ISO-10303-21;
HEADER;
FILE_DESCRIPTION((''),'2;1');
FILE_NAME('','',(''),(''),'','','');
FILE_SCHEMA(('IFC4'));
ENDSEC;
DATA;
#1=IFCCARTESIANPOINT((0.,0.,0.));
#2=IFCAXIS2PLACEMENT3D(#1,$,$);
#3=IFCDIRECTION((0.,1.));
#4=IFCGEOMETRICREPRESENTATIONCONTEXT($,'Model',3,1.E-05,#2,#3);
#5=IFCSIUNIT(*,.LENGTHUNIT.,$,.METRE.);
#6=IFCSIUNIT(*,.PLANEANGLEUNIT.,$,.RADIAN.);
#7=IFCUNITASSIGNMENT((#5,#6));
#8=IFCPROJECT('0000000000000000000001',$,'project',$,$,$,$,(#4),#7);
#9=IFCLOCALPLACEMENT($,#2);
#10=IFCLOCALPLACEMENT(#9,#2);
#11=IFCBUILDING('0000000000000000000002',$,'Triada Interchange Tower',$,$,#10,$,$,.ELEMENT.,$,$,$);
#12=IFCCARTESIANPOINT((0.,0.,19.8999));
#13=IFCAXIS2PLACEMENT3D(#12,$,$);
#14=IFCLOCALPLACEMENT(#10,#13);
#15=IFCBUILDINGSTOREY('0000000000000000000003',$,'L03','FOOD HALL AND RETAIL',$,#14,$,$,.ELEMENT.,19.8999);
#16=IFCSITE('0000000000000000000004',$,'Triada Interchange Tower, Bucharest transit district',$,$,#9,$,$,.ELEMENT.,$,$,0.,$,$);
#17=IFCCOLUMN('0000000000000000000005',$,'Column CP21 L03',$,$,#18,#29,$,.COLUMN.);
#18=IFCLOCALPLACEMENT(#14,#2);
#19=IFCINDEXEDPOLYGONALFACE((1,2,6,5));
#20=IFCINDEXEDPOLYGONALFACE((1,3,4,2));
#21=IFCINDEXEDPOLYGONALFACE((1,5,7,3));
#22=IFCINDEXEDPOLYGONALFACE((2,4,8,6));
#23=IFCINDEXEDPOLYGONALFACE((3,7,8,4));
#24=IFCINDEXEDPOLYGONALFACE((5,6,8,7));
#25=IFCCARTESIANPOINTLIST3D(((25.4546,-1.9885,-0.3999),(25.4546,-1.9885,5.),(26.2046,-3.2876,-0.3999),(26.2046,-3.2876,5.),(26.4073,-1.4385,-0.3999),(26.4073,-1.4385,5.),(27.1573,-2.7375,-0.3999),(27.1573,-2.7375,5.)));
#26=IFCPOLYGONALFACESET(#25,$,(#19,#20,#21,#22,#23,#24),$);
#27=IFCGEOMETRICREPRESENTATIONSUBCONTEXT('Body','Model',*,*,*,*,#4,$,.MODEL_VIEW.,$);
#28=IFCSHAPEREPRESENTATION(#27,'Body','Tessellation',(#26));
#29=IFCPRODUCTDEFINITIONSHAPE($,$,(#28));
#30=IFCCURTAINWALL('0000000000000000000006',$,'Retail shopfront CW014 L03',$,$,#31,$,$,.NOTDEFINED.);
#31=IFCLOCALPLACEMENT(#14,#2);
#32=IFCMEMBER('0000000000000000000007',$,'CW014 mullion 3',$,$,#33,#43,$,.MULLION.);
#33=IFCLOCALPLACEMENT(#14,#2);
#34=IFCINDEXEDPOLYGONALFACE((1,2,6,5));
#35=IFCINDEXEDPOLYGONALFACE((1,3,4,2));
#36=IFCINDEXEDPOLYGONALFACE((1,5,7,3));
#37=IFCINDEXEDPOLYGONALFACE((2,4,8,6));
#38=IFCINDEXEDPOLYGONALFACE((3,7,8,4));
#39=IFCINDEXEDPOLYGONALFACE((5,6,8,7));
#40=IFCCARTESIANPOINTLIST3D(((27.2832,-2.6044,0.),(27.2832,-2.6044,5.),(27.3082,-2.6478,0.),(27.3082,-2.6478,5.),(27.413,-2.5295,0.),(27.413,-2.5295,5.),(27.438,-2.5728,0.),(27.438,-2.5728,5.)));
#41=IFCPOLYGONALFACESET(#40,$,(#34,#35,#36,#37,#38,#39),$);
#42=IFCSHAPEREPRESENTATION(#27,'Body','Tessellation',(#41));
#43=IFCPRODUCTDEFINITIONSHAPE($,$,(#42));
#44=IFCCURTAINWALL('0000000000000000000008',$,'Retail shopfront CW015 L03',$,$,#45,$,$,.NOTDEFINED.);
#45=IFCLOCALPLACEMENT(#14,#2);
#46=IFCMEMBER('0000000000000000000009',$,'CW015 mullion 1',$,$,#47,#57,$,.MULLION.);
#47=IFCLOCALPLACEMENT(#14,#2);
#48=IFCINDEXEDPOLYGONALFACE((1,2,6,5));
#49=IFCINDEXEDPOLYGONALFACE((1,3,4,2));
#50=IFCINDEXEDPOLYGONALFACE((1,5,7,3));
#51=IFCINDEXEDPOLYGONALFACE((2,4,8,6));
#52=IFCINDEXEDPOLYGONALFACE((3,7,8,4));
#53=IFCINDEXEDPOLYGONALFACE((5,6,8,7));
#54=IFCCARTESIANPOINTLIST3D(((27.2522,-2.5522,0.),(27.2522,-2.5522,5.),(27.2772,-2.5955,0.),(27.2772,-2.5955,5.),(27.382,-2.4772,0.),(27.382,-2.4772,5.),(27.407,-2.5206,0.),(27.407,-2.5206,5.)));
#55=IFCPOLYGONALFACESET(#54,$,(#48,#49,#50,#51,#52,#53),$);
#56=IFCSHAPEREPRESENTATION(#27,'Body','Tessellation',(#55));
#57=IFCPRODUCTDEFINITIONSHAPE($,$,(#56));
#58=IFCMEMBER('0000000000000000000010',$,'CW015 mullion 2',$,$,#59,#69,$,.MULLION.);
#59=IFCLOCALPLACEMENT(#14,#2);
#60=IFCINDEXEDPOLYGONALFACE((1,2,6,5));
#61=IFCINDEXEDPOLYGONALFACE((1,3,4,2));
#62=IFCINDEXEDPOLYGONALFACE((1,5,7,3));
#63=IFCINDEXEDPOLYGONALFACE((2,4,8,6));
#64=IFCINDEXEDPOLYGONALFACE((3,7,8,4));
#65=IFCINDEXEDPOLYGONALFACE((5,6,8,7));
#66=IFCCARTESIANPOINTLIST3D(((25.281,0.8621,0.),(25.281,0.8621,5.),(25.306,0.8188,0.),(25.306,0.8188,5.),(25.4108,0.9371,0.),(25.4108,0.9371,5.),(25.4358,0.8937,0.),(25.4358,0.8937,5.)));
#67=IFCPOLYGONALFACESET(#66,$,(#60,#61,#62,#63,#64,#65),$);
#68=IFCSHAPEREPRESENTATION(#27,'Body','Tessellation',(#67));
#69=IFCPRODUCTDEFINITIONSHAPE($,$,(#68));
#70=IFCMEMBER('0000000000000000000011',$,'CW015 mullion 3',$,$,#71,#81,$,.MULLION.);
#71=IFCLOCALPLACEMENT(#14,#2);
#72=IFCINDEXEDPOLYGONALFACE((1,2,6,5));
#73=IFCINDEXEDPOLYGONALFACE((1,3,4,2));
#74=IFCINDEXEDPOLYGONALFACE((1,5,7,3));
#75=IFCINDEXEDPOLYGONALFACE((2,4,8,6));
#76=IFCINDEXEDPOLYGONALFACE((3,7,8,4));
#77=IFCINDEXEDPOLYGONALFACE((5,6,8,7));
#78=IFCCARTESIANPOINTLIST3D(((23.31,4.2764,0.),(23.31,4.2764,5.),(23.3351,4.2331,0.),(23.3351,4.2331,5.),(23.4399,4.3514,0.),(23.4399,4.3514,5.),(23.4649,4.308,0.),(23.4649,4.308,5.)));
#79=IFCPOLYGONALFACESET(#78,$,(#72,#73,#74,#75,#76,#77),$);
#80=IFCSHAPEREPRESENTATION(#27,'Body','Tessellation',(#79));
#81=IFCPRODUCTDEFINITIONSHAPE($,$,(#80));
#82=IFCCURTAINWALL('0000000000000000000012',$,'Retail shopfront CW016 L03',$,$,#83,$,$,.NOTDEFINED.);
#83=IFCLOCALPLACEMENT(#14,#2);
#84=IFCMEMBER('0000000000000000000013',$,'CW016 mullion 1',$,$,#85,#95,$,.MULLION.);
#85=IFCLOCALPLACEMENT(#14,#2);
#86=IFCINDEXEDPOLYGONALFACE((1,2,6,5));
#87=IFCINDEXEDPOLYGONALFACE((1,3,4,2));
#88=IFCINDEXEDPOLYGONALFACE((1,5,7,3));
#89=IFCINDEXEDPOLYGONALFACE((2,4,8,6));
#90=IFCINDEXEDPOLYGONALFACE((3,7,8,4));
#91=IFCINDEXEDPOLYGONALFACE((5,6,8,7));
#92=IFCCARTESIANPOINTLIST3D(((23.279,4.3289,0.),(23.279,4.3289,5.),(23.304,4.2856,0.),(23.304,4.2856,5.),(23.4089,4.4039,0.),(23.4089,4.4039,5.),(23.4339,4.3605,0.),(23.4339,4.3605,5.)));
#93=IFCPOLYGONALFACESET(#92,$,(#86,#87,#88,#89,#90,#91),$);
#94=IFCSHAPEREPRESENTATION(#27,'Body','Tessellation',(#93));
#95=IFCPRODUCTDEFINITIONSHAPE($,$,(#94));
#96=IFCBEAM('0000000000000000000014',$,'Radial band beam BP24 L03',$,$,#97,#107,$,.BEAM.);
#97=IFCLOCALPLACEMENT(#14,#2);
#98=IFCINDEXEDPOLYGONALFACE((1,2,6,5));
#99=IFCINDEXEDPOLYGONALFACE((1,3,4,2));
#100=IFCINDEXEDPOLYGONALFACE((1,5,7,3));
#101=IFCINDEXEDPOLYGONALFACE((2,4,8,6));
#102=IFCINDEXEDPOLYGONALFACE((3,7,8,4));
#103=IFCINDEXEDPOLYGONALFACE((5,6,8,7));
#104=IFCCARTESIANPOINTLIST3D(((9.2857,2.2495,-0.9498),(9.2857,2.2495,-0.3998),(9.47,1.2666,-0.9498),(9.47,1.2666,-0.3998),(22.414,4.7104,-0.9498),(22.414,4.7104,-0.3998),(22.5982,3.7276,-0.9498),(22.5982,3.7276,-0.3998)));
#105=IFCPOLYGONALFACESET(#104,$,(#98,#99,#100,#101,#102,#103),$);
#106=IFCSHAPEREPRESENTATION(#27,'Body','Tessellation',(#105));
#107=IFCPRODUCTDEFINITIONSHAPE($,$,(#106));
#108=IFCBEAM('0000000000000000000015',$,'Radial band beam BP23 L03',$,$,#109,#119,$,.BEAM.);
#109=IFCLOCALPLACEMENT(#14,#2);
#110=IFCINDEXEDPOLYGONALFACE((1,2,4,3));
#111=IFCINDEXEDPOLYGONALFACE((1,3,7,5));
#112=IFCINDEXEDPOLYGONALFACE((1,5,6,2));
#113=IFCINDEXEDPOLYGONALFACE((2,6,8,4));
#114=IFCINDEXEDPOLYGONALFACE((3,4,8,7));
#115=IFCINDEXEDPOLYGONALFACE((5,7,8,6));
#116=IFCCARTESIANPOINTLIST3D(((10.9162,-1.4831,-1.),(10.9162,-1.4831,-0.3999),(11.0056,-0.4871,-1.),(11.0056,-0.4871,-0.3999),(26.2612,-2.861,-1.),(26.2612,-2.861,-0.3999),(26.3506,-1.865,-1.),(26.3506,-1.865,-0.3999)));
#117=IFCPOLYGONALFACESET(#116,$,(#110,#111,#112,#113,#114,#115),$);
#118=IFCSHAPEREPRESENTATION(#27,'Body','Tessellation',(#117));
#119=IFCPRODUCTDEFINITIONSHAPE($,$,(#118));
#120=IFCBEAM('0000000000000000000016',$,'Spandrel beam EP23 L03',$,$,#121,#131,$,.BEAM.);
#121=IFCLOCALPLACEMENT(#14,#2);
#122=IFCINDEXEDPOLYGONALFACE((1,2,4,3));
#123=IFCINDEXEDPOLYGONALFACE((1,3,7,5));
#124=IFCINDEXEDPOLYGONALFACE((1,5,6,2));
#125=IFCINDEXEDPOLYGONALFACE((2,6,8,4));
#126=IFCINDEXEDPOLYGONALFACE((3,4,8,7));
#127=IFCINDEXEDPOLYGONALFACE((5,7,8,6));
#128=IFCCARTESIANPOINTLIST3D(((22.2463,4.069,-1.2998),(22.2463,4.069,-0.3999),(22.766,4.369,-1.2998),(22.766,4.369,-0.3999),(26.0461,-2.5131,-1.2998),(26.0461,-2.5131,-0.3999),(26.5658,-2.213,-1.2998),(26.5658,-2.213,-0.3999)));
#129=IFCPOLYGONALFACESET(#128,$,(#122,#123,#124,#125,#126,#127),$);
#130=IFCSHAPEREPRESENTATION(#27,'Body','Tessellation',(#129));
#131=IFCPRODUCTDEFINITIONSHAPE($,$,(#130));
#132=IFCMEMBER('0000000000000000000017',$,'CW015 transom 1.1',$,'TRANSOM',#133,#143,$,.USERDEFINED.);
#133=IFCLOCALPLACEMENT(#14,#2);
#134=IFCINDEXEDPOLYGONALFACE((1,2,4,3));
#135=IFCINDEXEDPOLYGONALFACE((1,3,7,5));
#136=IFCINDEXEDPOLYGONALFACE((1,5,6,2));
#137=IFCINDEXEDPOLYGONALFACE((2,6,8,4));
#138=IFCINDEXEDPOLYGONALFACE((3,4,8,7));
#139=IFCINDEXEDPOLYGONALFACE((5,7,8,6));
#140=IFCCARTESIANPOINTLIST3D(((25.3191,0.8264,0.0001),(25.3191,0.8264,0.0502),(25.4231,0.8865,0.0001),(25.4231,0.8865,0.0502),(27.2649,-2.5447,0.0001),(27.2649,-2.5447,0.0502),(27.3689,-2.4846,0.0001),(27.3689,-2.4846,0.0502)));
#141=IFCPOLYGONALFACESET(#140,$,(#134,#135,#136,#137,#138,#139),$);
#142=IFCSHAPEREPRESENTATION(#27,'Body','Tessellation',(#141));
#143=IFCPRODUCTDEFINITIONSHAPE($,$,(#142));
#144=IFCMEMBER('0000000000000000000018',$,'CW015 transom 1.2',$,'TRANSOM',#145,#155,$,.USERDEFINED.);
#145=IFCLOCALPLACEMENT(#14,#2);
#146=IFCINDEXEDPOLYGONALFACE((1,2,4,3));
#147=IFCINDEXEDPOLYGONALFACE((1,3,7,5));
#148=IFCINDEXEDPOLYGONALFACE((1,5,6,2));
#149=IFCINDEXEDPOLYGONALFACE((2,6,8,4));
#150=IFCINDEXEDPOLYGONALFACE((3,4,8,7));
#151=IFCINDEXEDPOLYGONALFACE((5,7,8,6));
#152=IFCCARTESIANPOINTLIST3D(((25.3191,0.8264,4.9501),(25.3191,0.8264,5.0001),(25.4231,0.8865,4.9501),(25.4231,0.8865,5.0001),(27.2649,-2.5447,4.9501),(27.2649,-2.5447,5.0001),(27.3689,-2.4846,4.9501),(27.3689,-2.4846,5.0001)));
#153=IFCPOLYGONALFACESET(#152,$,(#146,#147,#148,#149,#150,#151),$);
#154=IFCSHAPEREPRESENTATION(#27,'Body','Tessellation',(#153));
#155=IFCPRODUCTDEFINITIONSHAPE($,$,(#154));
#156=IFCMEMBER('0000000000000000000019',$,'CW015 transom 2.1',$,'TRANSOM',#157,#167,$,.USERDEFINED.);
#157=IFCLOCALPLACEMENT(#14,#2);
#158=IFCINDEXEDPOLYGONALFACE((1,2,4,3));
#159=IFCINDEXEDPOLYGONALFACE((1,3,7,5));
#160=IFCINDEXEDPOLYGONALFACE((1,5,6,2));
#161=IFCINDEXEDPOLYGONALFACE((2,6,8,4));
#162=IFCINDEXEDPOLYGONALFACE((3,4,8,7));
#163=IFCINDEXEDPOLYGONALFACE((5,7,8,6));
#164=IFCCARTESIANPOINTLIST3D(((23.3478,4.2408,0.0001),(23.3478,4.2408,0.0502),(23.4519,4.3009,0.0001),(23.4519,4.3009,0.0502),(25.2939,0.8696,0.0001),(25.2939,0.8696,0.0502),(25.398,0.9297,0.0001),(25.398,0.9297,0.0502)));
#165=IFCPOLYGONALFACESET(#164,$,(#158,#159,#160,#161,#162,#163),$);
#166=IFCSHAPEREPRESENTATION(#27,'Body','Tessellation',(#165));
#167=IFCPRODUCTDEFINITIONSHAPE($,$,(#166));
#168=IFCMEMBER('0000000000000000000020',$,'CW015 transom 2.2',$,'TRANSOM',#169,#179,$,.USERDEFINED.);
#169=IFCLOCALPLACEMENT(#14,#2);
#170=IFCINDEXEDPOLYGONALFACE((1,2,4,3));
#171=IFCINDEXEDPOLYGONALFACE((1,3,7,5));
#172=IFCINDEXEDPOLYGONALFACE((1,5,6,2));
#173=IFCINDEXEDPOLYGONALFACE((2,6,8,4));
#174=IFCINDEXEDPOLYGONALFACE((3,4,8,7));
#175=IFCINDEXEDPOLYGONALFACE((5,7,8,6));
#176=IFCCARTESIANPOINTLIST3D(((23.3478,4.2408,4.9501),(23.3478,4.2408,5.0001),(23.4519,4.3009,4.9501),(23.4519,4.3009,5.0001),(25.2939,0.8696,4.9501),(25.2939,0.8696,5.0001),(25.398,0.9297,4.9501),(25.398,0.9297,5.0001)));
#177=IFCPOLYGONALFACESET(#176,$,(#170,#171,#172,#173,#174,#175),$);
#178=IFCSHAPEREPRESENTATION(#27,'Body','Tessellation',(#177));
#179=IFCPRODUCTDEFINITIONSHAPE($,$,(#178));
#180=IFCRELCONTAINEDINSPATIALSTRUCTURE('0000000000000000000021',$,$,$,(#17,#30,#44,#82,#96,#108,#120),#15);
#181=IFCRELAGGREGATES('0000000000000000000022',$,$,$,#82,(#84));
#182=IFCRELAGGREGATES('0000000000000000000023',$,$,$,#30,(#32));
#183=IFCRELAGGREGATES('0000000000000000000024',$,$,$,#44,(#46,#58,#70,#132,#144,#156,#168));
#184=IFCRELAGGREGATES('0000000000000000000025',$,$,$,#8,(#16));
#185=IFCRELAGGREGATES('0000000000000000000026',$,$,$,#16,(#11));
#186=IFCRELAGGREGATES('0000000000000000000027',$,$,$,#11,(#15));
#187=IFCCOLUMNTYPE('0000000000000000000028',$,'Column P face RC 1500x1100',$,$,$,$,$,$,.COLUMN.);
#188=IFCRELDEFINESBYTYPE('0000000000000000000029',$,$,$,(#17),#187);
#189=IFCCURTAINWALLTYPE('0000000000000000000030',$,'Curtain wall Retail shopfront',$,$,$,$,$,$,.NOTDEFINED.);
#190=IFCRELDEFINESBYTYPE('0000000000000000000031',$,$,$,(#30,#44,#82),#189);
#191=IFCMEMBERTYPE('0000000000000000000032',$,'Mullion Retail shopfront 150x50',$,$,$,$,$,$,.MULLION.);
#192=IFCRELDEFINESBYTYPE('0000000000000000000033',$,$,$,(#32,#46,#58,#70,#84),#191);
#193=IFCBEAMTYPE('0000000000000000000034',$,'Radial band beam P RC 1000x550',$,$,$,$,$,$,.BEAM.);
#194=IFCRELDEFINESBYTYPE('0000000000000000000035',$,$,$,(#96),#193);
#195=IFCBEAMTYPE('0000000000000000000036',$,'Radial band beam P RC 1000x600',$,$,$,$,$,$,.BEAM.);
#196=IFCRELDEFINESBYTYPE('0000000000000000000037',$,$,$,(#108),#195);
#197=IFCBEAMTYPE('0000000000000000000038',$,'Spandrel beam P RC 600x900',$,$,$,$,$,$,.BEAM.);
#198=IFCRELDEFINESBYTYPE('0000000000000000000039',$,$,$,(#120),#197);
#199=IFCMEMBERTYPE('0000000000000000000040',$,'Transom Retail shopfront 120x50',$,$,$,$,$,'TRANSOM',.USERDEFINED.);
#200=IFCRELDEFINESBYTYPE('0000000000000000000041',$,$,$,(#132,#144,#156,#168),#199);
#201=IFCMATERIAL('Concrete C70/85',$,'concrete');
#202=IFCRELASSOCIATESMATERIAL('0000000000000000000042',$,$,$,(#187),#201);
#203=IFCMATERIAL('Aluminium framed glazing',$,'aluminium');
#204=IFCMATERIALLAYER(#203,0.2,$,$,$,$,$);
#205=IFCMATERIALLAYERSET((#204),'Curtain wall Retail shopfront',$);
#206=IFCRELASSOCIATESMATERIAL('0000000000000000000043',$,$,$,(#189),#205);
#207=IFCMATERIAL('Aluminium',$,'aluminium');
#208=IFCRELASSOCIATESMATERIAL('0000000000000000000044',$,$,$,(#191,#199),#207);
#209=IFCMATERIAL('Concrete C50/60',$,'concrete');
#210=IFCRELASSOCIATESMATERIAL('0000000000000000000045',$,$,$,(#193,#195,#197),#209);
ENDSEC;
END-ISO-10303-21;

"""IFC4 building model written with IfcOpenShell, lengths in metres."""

from ifc_helpers import new_model, si_unit, direction, frame, origin, origin_2d, place, context, subcontext, project, spatial, rectangle, extrude, material, layer, layer_set, material_profile, profile_set, type_object, element, aggregate, save


model = new_model("IFC4")

# Units and contexts
model_context = context("Model", 3, precision=1e-05, world=origin(), true_north=direction((0.0, 1.0)))
body_context = subcontext(model_context, "Body", "Model", "MODEL_VIEW")
ifc_project = project(units=[si_unit("LENGTHUNIT", "METRE"), si_unit("PLANEANGLEUNIT", "RADIAN")], contexts=[model_context])

# Site, building, storey
site_placement = place(None, origin())
site = spatial("IfcSite", under=ifc_project, at=site_placement, Name="Triada Interchange Tower, Bucharest transit district", CompositionType="ELEMENT", RefElevation=0.0)
building_placement = place(site_placement, origin())
building = spatial("IfcBuilding", under=site, at=building_placement, Name="Triada Interchange Tower", CompositionType="ELEMENT")
storey_placement = place(building_placement, frame((0.0, 0.0, 19.8999)))
storey = spatial("IfcBuildingStorey", under=building, at=storey_placement, Name="L03", Description="FOOD HALL AND RETAIL", CompositionType="ELEMENT", Elevation=19.8999)

# Column
ifc_material_1 = material(Name="Concrete C70/85", Category="concrete")
ifc_material_profile_1 = material_profile(ifc_material_1, rectangle(XDim=1.5, YDim=1.1001, at=origin_2d()), Name="RC 1500x1100")
ifc_profile_set_1 = profile_set([ifc_material_profile_1], Name="Concrete C70/85")
column_type = type_object("IfcColumnType", Name="Column P face RC 1500x1100", PredefinedType="COLUMN", material=ifc_profile_set_1)
column_placement = place(storey_placement, frame((26.3059, -2.363, -0.3999), z_axis=(0.0, 0.0, 1.0), x_axis=(-0.5, 0.866025, 0.0)))
element("IfcColumn", 1, at=column_placement, inside=storey, type_object=column_type, Name="Column CP21 L03", PredefinedType="COLUMN", context=body_context, shape_type="SweptSolid", body=[
    extrude(rectangle(XDim=1.5, YDim=1.1001, at=origin_2d()), origin(), (0.0, 0.0, 1.0), 5.3999),
])

# Curtain wall, member
ifc_material_2 = material(Name="Aluminium framed glazing", Category="aluminium")
ifc_layer_1 = layer(ifc_material_2, 0.2)
ifc_layer_set_1 = layer_set([ifc_layer_1], Name="Curtain wall Retail shopfront")
curtain_wall_type = type_object("IfcCurtainWallType", Name="Curtain wall Retail shopfront", PredefinedType="NOTDEFINED", material=ifc_layer_set_1)
curtain_wall_1_placement = place(storey_placement, origin())
curtain_wall_1 = element("IfcCurtainWall", 2, at=curtain_wall_1_placement, inside=storey, type_object=curtain_wall_type, Name="Retail shopfront CW014 L03", PredefinedType="NOTDEFINED")
ifc_material_3 = material(Name="Aluminium", Category="aluminium")
ifc_material_profile_2 = material_profile(ifc_material_3, rectangle(XDim=0.1499, YDim=0.05, at=origin_2d()), Name="Aluminium mullion")
ifc_profile_set_2 = profile_set([ifc_material_profile_2], Name="Aluminium")
member_type_1 = type_object("IfcMemberType", Name="Mullion Retail shopfront 150x50", PredefinedType="MULLION", material=ifc_profile_set_2)
member_1_placement = place(storey_placement, frame((27.3606, -2.5886, 0.0), z_axis=(0.0, 0.0, 1.0), x_axis=(-0.866055, -0.499948, 0.0)))
member_1 = element("IfcMember", 3, at=member_1_placement, type_object=member_type_1, Name="CW014 mullion 3", PredefinedType="MULLION", context=body_context, shape_type="SweptSolid", body=[
    extrude(rectangle(XDim=0.1499, YDim=0.05, at=origin_2d()), origin(), (0.0, 0.0, 1.0), 5.0),
])

# Curtain wall, members
curtain_wall_2_placement = place(storey_placement, origin())
curtain_wall_2 = element("IfcCurtainWall", 4, at=curtain_wall_2_placement, inside=storey, type_object=curtain_wall_type, Name="Retail shopfront CW015 L03", PredefinedType="NOTDEFINED")
member_2_placement = place(storey_placement, frame((27.3296, -2.5364, 0.0), z_axis=(0.0, 0.0, 1.0), x_axis=(-0.866055, -0.499948, 0.0)))
member_2 = element("IfcMember", 5, at=member_2_placement, type_object=member_type_1, Name="CW015 mullion 1", PredefinedType="MULLION", context=body_context, shape_type="SweptSolid", body=[
    extrude(rectangle(XDim=0.1499, YDim=0.05, at=origin_2d()), origin(), (0.0, 0.0, 1.0), 5.0),
])
member_3_placement = place(storey_placement, frame((25.3584, 0.8779, 0.0), z_axis=(0.0, 0.0, 1.0), x_axis=(-0.866055, -0.499948, 0.0)))
member_3 = element("IfcMember", 6, at=member_3_placement, type_object=member_type_1, Name="CW015 mullion 2", PredefinedType="MULLION", context=body_context, shape_type="SweptSolid", body=[
    extrude(rectangle(XDim=0.1499, YDim=0.05, at=origin_2d()), origin(), (0.0, 0.0, 1.0), 5.0),
])
member_4_placement = place(storey_placement, frame((23.3875, 4.2922, 0.0), z_axis=(0.0, 0.0, 1.0), x_axis=(-0.866055, -0.499948, 0.0)))
member_4 = element("IfcMember", 7, at=member_4_placement, type_object=member_type_1, Name="CW015 mullion 3", PredefinedType="MULLION", context=body_context, shape_type="SweptSolid", body=[
    extrude(rectangle(XDim=0.1499, YDim=0.05, at=origin_2d()), origin(), (0.0, 0.0, 1.0), 5.0),
])

# Curtain wall, member
curtain_wall_3_placement = place(storey_placement, origin())
curtain_wall_3 = element("IfcCurtainWall", 8, at=curtain_wall_3_placement, inside=storey, type_object=curtain_wall_type, Name="Retail shopfront CW016 L03", PredefinedType="NOTDEFINED")
member_5_placement = place(storey_placement, frame((23.3564, 4.3447, 0.0), z_axis=(0.0, 0.0, 1.0), x_axis=(-0.866087, -0.499893, 0.0)))
member_5 = element("IfcMember", 9, at=member_5_placement, type_object=member_type_1, Name="CW016 mullion 1", PredefinedType="MULLION", context=body_context, shape_type="SweptSolid", body=[
    extrude(rectangle(XDim=0.1499, YDim=0.05, at=origin_2d()), origin(), (0.0, 0.0, 1.0), 5.0),
])

# Beams
ifc_material_4 = material(Name="Concrete C50/60", Category="concrete")
ifc_material_profile_3 = material_profile(ifc_material_4, rectangle(XDim=1.0, YDim=0.55, at=origin_2d()), Name="RC 1000x550")
ifc_profile_set_3 = profile_set([ifc_material_profile_3], Name="Concrete C50/60")
beam_type_1 = type_object("IfcBeamType", Name="Radial band beam P RC 1000x550", PredefinedType="BEAM", material=ifc_profile_set_3)
beam_1_placement = place(storey_placement, frame((22.5061, 4.219, -0.6748), z_axis=(-0.98288, -0.184245, 0.0), x_axis=(0.184245, -0.98288, 0.0)))
element("IfcBeam", 10, at=beam_1_placement, inside=storey, type_object=beam_type_1, Name="Radial band beam BP24 L03", PredefinedType="BEAM", context=body_context, shape_type="SweptSolid", body=[
    extrude(rectangle(XDim=1.0, YDim=0.55, at=origin_2d()), origin(), (0.0, 0.0, 1.0), 13.3569),
])
ifc_material_profile_4 = material_profile(ifc_material_4, rectangle(XDim=1.0, YDim=0.6001, at=origin_2d()), Name="RC 1000x600")
ifc_profile_set_4 = profile_set([ifc_material_profile_4], Name="Concrete C50/60")
beam_type_2 = type_object("IfcBeamType", Name="Radial band beam P RC 1000x600", PredefinedType="BEAM", material=ifc_profile_set_4)
beam_2_placement = place(storey_placement, frame((26.3059, -2.363, -0.7), z_axis=(-0.995992, 0.089437, 0.0), x_axis=(-0.089437, -0.995992, 0.0)))
element("IfcBeam", 11, at=beam_2_placement, inside=storey, type_object=beam_type_2, Name="Radial band beam BP23 L03", PredefinedType="BEAM", context=body_context, shape_type="SweptSolid", body=[
    extrude(rectangle(XDim=1.0, YDim=0.6001, at=origin_2d()), origin(), (0.0, 0.0, 1.0), 15.4067),
])
ifc_material_profile_5 = material_profile(ifc_material_4, rectangle(XDim=0.6001, YDim=0.8999, at=origin_2d()), Name="RC 600x900")
ifc_profile_set_5 = profile_set([ifc_material_profile_5], Name="Concrete C50/60")
beam_type_3 = type_object("IfcBeamType", Name="Spandrel beam P RC 600x900", PredefinedType="BEAM", material=ifc_profile_set_5)
beam_3_placement = place(storey_placement, frame((26.3059, -2.363, -0.8499), z_axis=(-0.499967, 0.866044, 0.0), x_axis=(-0.866044, -0.499967, 0.0)))
element("IfcBeam", 12, at=beam_3_placement, inside=storey, type_object=beam_type_3, Name="Spandrel beam EP23 L03", PredefinedType="BEAM", context=body_context, shape_type="SweptSolid", body=[
    extrude(rectangle(XDim=0.6001, YDim=0.8999, at=origin_2d()), origin(), (0.0, 0.0, 1.0), 7.6001),
])

# Members
ifc_material_profile_6 = material_profile(ifc_material_3, rectangle(XDim=0.1201, YDim=0.05, at=origin_2d()), Name="Aluminium transom")
ifc_profile_set_6 = profile_set([ifc_material_profile_6], Name="Aluminium")
member_type_2 = type_object("IfcMemberType", Name="Transom Retail shopfront 120x50", ElementType="TRANSOM", PredefinedType="USERDEFINED", material=ifc_profile_set_6)
member_6_placement = place(storey_placement, frame((27.3169, -2.5146, 0.0251), z_axis=(-0.499903, 0.866081, 0.0), x_axis=(-0.866081, -0.499903, 0.0)))
member_6 = element("IfcMember", 13, at=member_6_placement, type_object=member_type_2, Name="CW015 transom 1.1", ObjectType="TRANSOM", PredefinedType="USERDEFINED", context=body_context, shape_type="SweptSolid", body=[
    extrude(rectangle(XDim=0.1201, YDim=0.05, at=origin_2d()), origin(), (0.0, 0.0, 1.0), 3.8923),
])
member_7_placement = place(storey_placement, frame((27.3169, -2.5146, 4.9751), z_axis=(-0.499903, 0.866081, 0.0), x_axis=(-0.866081, -0.499903, 0.0)))
member_7 = element("IfcMember", 14, at=member_7_placement, type_object=member_type_2, Name="CW015 transom 1.2", ObjectType="TRANSOM", PredefinedType="USERDEFINED", context=body_context, shape_type="SweptSolid", body=[
    extrude(rectangle(XDim=0.1201, YDim=0.05, at=origin_2d()), origin(), (0.0, 0.0, 1.0), 3.8923),
])
member_8_placement = place(storey_placement, frame((25.3459, 0.8997, 0.0251), z_axis=(-0.49995, 0.866054, 0.0), x_axis=(-0.866054, -0.49995, 0.0)))
member_8 = element("IfcMember", 15, at=member_8_placement, type_object=member_type_2, Name="CW015 transom 2.1", ObjectType="TRANSOM", PredefinedType="USERDEFINED", context=body_context, shape_type="SweptSolid", body=[
    extrude(rectangle(XDim=0.1201, YDim=0.05, at=origin_2d()), origin(), (0.0, 0.0, 1.0), 3.8926),
])
member_9_placement = place(storey_placement, frame((25.3459, 0.8997, 4.9751), z_axis=(-0.49995, 0.866054, 0.0), x_axis=(-0.866054, -0.49995, 0.0)))
member_9 = element("IfcMember", 16, at=member_9_placement, type_object=member_type_2, Name="CW015 transom 2.2", ObjectType="TRANSOM", PredefinedType="USERDEFINED", context=body_context, shape_type="SweptSolid", body=[
    extrude(rectangle(XDim=0.1201, YDim=0.05, at=origin_2d()), origin(), (0.0, 0.0, 1.0), 3.8926),
])
aggregate(curtain_wall_3, [member_5])

aggregate(curtain_wall_1, [member_1])
aggregate(curtain_wall_2, [member_2, member_3, member_4, member_6, member_7, member_8, member_9])

save(model, "model.ifc")
